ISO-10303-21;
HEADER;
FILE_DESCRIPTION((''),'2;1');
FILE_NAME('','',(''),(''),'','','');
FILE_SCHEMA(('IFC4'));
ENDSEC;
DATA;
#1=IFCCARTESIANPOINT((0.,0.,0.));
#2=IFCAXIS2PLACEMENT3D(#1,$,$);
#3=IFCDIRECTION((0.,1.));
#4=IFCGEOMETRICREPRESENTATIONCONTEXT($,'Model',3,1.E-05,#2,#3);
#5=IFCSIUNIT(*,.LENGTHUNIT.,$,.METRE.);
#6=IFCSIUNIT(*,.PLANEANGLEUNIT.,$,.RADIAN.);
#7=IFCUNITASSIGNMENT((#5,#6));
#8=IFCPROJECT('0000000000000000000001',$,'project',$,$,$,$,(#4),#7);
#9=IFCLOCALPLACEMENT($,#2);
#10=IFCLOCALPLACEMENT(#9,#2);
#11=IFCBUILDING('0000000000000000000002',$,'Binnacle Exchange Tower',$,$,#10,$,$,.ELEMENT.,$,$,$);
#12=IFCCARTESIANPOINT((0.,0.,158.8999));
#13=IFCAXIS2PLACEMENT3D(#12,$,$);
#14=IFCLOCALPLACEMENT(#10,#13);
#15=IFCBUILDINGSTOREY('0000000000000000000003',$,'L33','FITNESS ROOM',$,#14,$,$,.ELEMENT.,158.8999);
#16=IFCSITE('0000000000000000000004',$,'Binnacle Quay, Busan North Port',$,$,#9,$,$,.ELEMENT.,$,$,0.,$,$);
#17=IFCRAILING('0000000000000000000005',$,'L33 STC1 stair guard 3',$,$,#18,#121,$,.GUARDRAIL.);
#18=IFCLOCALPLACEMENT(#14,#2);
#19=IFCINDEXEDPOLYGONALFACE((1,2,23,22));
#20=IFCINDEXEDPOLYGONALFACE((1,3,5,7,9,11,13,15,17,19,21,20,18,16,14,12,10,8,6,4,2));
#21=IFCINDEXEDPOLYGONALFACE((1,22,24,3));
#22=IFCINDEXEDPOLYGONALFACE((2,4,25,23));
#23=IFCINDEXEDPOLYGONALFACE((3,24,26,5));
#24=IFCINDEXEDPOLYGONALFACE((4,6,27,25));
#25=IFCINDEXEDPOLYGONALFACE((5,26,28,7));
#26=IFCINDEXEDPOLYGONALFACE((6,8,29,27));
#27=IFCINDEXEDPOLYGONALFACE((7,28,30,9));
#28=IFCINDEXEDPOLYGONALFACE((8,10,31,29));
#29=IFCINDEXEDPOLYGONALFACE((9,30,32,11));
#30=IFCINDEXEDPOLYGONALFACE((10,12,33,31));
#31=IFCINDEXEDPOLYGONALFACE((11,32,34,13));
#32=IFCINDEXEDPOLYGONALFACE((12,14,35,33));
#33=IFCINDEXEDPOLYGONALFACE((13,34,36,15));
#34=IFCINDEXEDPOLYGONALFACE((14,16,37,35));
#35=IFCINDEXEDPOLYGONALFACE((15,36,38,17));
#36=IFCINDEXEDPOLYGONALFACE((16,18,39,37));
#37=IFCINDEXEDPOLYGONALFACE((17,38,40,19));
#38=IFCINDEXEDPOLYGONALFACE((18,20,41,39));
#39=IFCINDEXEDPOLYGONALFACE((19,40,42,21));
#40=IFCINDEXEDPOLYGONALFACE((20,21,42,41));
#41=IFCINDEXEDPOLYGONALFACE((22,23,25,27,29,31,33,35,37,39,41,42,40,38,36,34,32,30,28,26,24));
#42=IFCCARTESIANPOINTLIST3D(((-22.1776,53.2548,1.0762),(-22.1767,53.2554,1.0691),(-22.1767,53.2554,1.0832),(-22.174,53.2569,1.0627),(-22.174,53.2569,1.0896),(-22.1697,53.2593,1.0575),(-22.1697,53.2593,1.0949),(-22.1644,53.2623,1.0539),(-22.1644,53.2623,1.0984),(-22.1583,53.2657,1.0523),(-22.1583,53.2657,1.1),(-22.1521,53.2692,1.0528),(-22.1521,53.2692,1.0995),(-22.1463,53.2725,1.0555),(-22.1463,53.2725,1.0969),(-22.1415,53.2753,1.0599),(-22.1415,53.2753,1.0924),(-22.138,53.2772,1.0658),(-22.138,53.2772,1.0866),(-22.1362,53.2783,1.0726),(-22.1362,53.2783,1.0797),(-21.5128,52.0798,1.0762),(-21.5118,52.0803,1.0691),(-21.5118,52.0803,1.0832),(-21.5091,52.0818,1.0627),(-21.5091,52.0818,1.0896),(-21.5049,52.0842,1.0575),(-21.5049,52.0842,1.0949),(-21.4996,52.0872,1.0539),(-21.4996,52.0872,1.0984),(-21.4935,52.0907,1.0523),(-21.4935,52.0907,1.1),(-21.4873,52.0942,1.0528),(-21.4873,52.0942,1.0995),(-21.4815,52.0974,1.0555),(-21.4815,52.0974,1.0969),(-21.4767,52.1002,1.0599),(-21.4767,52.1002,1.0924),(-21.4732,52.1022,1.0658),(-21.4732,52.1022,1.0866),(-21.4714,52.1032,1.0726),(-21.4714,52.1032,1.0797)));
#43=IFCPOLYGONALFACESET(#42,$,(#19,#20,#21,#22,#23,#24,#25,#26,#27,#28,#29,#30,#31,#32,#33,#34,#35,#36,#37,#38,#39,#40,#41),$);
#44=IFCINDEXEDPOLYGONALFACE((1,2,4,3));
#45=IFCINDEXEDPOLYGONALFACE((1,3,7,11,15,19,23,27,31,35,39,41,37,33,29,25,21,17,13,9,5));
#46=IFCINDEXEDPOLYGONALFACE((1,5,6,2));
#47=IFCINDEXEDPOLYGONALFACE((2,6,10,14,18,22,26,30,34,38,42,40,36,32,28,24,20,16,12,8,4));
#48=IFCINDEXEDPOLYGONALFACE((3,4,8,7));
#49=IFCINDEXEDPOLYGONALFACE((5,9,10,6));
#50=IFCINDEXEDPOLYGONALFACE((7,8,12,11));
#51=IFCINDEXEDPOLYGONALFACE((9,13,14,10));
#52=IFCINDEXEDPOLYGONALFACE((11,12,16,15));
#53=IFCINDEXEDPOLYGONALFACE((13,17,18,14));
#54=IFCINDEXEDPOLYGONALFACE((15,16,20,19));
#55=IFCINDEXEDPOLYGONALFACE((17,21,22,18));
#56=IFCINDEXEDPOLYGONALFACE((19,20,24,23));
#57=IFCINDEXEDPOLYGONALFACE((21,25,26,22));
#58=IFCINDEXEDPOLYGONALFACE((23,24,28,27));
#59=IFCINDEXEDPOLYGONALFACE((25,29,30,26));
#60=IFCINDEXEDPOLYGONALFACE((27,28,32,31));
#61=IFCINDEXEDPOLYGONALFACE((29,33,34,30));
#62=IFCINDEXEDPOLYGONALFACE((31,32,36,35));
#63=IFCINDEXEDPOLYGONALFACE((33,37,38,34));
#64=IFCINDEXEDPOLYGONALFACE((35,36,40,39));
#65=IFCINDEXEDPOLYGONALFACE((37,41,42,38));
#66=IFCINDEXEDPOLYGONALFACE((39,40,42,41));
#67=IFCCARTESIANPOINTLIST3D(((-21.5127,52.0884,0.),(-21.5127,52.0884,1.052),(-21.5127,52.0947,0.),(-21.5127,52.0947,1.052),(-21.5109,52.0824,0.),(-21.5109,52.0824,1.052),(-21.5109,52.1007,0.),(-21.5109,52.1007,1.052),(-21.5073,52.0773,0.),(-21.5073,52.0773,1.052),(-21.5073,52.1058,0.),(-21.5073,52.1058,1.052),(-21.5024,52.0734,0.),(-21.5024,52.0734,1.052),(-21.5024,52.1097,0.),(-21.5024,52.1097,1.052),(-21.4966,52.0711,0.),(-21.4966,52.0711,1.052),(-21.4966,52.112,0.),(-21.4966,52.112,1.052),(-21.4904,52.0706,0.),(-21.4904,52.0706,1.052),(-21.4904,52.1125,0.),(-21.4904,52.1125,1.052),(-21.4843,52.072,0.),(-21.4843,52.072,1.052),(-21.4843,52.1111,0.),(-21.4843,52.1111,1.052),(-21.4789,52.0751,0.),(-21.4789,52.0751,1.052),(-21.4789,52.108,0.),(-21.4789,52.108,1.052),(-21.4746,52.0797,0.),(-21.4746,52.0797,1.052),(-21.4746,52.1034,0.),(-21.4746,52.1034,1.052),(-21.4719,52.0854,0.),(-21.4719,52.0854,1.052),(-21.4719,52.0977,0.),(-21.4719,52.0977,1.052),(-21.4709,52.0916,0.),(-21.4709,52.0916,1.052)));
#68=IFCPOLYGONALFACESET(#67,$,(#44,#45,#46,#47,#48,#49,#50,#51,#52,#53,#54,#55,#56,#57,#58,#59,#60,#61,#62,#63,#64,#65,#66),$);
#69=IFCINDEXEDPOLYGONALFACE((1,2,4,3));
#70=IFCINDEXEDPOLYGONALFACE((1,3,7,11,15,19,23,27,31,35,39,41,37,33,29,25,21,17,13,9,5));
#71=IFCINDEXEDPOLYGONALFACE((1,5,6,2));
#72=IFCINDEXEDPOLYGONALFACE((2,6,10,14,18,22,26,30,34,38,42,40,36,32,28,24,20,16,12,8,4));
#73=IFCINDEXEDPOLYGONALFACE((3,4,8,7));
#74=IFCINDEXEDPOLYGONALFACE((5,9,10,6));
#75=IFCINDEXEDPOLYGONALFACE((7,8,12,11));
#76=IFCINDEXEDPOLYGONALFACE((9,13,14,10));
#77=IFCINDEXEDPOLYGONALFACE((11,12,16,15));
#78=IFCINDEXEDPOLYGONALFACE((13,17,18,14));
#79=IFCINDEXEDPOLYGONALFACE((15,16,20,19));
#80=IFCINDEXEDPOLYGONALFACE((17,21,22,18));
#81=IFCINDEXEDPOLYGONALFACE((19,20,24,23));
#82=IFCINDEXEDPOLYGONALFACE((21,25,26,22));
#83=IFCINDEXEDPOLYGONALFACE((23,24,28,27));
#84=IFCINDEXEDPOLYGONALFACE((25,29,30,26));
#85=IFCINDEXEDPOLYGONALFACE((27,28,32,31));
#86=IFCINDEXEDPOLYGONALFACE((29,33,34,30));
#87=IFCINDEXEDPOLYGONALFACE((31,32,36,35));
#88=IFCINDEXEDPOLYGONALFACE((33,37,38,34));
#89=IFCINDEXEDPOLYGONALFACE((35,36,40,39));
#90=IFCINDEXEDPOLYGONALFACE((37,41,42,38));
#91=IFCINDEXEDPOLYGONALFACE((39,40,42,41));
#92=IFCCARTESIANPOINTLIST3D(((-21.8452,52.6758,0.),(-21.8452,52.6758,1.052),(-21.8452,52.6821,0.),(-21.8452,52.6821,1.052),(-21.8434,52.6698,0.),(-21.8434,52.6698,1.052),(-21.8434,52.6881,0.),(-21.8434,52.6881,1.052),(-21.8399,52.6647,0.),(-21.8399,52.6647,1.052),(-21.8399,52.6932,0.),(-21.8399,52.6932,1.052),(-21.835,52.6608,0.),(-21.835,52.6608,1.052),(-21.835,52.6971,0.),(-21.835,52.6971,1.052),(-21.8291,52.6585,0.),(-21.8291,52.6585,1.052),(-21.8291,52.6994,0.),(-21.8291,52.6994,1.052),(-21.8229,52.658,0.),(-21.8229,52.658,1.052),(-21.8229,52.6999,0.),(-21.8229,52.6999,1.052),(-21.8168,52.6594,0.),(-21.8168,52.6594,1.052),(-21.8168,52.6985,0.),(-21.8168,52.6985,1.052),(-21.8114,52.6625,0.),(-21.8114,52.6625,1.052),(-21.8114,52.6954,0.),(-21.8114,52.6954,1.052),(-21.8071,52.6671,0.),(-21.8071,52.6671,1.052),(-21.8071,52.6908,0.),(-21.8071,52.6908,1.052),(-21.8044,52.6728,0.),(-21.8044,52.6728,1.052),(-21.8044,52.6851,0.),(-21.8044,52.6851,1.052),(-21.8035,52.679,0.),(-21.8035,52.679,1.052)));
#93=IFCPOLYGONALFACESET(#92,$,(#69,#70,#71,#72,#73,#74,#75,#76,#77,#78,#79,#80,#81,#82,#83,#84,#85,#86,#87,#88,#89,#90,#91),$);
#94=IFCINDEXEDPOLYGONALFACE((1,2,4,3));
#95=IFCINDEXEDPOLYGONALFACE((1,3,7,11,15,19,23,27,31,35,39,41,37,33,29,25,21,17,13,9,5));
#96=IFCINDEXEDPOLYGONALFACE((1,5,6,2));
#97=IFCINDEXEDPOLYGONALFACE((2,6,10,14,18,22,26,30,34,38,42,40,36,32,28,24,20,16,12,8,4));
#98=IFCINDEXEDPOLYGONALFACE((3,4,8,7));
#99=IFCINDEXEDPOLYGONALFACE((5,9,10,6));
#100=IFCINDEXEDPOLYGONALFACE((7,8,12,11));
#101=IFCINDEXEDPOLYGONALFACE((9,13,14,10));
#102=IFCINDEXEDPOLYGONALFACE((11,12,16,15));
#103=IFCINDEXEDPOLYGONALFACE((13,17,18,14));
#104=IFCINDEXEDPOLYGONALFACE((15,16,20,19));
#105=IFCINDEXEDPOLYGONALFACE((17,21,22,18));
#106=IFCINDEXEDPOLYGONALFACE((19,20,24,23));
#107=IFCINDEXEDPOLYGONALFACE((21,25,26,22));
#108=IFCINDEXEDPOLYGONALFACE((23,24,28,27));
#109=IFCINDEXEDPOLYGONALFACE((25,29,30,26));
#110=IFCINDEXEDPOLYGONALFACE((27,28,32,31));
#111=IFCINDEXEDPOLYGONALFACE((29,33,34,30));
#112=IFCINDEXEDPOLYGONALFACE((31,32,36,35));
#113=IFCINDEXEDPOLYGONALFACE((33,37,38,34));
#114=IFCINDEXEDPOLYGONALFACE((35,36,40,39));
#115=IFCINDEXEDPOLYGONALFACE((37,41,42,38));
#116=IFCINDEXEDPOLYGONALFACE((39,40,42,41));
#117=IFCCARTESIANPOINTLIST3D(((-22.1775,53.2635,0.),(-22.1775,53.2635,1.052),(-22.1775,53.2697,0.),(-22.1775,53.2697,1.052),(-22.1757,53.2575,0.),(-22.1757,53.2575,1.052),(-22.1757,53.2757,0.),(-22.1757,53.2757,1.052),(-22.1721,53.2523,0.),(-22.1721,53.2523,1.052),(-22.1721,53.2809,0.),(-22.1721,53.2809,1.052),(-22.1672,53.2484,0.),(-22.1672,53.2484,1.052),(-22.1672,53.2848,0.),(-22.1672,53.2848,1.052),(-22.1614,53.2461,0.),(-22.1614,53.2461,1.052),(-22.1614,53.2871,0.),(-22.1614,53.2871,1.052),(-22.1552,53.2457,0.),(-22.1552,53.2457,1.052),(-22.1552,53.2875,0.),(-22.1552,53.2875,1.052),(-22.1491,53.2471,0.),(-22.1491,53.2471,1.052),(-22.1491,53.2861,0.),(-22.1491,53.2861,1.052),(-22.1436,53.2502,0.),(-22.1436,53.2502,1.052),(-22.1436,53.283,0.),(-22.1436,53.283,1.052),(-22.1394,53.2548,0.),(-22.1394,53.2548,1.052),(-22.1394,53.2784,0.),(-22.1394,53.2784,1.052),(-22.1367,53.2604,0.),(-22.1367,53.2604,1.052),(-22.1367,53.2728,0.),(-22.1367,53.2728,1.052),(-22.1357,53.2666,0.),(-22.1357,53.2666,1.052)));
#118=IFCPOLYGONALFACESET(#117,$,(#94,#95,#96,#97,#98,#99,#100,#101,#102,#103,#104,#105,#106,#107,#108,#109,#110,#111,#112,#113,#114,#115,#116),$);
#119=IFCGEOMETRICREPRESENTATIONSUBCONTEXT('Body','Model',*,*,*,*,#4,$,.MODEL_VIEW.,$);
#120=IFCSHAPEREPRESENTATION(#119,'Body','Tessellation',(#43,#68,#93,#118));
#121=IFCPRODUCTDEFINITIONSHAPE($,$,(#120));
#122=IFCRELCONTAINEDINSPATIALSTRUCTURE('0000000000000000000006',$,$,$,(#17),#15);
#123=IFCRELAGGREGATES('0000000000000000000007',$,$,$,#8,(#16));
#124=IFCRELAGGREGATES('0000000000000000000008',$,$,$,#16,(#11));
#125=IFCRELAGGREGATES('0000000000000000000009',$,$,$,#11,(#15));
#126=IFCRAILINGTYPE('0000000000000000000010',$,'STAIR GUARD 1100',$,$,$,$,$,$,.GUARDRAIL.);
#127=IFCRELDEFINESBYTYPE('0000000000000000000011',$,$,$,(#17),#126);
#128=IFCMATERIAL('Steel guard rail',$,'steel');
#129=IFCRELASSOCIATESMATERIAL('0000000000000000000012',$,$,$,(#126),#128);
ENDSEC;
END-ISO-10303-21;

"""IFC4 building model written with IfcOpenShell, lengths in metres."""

from ifc_helpers import new_model, si_unit, direction, frame, origin, origin_2d, place, context, subcontext, project, spatial, circle, extrude, material, type_object, element, save


model = new_model("IFC4")

# Units and contexts
model_context = context("Model", 3, precision=1e-05, world=origin(), true_north=direction((0.0, 1.0)))
body_context = subcontext(model_context, "Body", "Model", "MODEL_VIEW")
ifc_project = project(units=[si_unit("LENGTHUNIT", "METRE"), si_unit("PLANEANGLEUNIT", "RADIAN")], contexts=[model_context])

# Site, building, storey
site_placement = place(None, origin())
site = spatial("IfcSite", under=ifc_project, at=site_placement, Name="Binnacle Quay, Busan North Port", CompositionType="ELEMENT", RefElevation=0.0)
building_placement = place(site_placement, origin())
building = spatial("IfcBuilding", under=site, at=building_placement, Name="Binnacle Exchange Tower", CompositionType="ELEMENT")
storey_placement = place(building_placement, frame((0.0, 0.0, 158.8999)))
storey = spatial("IfcBuildingStorey", under=building, at=storey_placement, Name="L33", Description="FITNESS ROOM", CompositionType="ELEMENT", Elevation=158.8999)

# Railing
ifc_material_1 = material(Name="Steel guard rail", Category="steel")
railing_type_1 = type_object("IfcRailingType", Name="STAIR GUARD 1100", PredefinedType="GUARDRAIL", material=ifc_material_1)
railing_1_placement = place(storey_placement, frame((-21.4919, 52.0916, 0.0)))
element("IfcRailing", 1, at=railing_1_placement, inside=storey, type_object=railing_type_1, Name="L33 STC1 stair guard 3", PredefinedType="GUARDRAIL", context=body_context, shape_type="SweptSolid", body=[
    extrude(circle(Radius=0.0239, at=origin_2d()), frame((0.0, 0.0, 1.0762), z_axis=(-0.492415, 0.870361, 0.0), x_axis=(-0.870361, -0.492415, 0.0)), (0.0, 0.0, 1.0), 1.3501),
    extrude(circle(Radius=0.021, at=origin_2d()), origin(), (0.0, 0.0, 1.0), 1.052),
    extrude(circle(Radius=0.021, at=origin_2d()), frame((-0.3325, 0.5874, 0.0)), (0.0, 0.0, 1.0), 1.052),
    extrude(circle(Radius=0.021, at=origin_2d()), frame((-0.6648, 1.175, 0.0)), (0.0, 0.0, 1.0), 1.052),
])

save(model, "model.ifc")
